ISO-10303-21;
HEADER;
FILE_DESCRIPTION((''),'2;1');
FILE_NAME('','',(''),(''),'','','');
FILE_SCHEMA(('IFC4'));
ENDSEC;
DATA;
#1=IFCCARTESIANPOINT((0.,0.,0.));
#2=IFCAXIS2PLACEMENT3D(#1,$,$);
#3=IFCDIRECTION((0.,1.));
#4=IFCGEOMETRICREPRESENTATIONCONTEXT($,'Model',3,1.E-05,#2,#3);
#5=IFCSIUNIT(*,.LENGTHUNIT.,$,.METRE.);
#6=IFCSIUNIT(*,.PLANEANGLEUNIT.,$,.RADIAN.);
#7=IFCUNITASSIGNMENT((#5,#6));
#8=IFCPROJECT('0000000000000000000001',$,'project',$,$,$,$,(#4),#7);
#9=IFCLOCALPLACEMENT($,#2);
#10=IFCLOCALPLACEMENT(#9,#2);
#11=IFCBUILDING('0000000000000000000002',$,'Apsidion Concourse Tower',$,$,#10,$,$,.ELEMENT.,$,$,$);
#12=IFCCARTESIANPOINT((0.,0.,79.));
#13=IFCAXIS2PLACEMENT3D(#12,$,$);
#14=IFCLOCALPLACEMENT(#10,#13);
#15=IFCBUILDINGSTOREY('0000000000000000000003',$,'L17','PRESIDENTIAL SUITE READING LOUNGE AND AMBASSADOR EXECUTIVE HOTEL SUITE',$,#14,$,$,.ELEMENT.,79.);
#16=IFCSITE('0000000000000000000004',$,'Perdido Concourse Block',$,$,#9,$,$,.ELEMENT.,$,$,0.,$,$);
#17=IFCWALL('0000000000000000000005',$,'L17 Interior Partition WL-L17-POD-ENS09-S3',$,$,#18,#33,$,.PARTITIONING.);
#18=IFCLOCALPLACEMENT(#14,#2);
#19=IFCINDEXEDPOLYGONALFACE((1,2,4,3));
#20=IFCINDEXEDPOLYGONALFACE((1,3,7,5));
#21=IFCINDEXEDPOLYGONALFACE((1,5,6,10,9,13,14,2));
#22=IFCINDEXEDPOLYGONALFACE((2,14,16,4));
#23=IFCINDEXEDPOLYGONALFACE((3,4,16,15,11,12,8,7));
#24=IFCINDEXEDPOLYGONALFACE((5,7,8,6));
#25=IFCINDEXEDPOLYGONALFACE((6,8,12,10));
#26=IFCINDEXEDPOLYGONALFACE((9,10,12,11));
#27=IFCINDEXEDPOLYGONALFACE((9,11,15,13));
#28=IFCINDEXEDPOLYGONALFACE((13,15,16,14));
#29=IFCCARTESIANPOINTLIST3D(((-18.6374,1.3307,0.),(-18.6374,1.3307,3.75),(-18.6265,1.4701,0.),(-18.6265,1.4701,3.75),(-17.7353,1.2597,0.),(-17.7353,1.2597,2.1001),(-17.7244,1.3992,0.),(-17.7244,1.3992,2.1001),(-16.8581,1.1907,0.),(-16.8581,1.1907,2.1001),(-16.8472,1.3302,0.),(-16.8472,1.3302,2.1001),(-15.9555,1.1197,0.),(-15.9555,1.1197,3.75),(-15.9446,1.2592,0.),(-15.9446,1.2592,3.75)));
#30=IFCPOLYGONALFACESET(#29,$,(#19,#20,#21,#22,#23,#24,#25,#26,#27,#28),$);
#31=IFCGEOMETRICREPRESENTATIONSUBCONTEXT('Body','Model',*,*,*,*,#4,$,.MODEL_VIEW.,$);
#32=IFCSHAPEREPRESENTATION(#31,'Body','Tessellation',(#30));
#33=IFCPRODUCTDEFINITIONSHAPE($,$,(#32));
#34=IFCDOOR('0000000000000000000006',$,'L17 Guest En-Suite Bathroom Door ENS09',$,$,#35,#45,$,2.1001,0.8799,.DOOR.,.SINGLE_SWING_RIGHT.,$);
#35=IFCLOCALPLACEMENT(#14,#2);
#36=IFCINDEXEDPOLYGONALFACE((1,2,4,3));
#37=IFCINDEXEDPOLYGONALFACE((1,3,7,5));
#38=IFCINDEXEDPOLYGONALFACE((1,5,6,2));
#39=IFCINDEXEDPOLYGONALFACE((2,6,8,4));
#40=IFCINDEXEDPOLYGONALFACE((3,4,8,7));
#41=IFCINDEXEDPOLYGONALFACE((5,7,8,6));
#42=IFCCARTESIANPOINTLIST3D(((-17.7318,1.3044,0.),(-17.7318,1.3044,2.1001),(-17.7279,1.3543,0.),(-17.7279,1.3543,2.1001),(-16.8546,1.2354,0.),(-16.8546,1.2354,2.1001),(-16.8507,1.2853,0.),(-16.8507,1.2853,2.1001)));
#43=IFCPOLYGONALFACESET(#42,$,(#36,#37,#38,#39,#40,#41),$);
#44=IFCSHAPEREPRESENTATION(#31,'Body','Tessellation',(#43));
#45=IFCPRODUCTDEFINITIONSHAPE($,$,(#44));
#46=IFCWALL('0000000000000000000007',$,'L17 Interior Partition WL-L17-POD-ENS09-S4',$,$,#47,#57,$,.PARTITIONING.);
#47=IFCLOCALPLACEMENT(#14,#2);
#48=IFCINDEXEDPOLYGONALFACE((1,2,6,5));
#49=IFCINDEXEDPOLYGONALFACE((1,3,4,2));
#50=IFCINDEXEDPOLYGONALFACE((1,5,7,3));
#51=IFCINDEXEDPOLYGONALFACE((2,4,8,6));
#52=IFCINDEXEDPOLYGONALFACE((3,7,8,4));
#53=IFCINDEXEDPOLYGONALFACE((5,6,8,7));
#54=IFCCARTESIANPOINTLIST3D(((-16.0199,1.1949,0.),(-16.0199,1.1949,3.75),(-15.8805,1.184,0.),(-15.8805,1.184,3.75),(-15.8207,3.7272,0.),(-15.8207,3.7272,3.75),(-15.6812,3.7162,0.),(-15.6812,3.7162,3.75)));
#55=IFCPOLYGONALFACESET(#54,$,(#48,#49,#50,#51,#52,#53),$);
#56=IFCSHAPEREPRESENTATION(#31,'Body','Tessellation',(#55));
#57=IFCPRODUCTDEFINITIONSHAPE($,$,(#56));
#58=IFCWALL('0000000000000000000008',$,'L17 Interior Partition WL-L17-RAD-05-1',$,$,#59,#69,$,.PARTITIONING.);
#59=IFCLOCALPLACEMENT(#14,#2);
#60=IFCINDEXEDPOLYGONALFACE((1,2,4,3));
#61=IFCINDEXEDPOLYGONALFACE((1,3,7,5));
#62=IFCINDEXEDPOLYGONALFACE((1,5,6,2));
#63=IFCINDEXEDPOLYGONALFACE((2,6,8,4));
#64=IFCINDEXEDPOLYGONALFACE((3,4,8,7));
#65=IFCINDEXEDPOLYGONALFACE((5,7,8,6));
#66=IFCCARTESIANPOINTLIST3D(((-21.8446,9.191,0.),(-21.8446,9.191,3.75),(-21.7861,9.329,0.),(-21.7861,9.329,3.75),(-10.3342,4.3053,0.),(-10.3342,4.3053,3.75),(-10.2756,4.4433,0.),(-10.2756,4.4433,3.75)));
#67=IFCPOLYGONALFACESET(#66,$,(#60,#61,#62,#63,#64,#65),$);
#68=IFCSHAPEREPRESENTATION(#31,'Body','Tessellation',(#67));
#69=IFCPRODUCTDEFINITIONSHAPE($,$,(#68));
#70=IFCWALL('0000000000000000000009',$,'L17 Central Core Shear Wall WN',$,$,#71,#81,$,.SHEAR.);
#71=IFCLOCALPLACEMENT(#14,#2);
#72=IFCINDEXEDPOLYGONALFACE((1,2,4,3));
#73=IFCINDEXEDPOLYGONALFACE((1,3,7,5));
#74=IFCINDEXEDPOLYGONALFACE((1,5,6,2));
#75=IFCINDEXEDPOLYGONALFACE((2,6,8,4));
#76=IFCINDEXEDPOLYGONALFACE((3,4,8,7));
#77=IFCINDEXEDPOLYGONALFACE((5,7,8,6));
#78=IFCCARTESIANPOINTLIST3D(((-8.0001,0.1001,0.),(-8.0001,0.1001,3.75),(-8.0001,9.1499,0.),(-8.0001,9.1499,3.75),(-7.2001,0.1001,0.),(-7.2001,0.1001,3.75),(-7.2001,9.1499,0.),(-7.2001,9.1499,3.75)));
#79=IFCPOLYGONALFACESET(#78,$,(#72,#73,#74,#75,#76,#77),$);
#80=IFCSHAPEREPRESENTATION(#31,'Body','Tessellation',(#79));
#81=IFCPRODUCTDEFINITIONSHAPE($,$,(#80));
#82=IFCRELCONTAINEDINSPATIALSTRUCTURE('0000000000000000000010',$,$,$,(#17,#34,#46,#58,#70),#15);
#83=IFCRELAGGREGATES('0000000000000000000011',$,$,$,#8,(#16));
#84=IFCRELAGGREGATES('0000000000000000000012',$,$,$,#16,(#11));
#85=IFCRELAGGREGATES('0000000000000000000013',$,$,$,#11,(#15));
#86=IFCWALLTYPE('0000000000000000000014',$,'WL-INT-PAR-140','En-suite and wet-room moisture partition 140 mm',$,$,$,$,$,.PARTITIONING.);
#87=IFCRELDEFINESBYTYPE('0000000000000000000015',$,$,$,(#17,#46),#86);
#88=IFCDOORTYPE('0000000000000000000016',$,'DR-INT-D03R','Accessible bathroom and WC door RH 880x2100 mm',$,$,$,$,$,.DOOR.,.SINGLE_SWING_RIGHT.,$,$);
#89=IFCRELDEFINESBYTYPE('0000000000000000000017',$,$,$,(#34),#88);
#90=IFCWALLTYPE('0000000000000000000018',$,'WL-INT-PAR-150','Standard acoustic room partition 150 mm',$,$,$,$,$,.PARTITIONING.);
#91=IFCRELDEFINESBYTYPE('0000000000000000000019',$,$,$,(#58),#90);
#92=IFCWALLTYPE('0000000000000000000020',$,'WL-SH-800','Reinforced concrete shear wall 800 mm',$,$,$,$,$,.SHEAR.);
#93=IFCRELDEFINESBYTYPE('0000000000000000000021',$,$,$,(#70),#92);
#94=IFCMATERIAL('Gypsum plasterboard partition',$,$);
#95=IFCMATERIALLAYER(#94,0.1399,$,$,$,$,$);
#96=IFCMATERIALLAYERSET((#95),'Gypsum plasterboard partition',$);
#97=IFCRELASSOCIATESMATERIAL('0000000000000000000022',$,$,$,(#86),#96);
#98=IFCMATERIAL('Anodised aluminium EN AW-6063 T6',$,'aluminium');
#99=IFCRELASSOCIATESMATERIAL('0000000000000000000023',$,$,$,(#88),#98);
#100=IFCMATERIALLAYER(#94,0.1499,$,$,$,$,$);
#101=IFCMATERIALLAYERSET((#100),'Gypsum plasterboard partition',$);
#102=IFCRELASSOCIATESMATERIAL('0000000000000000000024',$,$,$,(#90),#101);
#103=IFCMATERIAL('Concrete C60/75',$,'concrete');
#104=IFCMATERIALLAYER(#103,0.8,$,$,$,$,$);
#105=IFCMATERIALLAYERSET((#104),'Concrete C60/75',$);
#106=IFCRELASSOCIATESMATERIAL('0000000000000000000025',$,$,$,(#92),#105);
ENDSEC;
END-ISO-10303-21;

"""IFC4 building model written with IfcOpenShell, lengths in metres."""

from ifc_helpers import new_model, si_unit, direction, frame, frame_2d, origin, place, context, subcontext, project, spatial, rectangle, extrude, material, layer, layer_set, type_object, element, fill, save


model = new_model("IFC4")

# Units and contexts
model_context = context("Model", 3, precision=1e-05, world=origin(), true_north=direction((0.0, 1.0)))
body_context = subcontext(model_context, "Body", "Model", "MODEL_VIEW")
ifc_project = project(units=[si_unit("LENGTHUNIT", "METRE"), si_unit("PLANEANGLEUNIT", "RADIAN")], contexts=[model_context])

# Site, building, storey
site_placement = place(None, origin())
site = spatial("IfcSite", under=ifc_project, at=site_placement, Name="Perdido Concourse Block", CompositionType="ELEMENT", RefElevation=0.0)
building_placement = place(site_placement, origin())
building = spatial("IfcBuilding", under=site, at=building_placement, Name="Apsidion Concourse Tower", CompositionType="ELEMENT")
storey_placement = place(building_placement, frame((0.0, 0.0, 79.0)))
storey = spatial("IfcBuildingStorey", under=building, at=storey_placement, Name="L17", Description="PRESIDENTIAL SUITE READING LOUNGE AND AMBASSADOR EXECUTIVE HOTEL SUITE", CompositionType="ELEMENT", Elevation=79.0)

# Shared definitions
ifc_material_1 = material(Name="Concrete C60/75", Category="concrete")

# Shared definitions
ifc_material_2 = material(Name="Gypsum plasterboard partition")
ifc_layer_1 = layer(ifc_material_2, 0.1399)
ifc_layer_set_1 = layer_set([ifc_layer_1], Name="Gypsum plasterboard partition")
wall_type_1 = type_object("IfcWallType", Name="WL-INT-PAR-140", Description="En-suite and wet-room moisture partition 140 mm", PredefinedType="PARTITIONING", material=ifc_layer_set_1)

# Wall, opening, door
wall_1_placement = place(storey_placement, frame((-18.6321, 1.4004, 0.0), z_axis=(0.0, 0.0, 1.0), x_axis=(0.996921, -0.078411, 0.0)))
wall_1 = element("IfcWall", 1, at=wall_1_placement, inside=storey, type_object=wall_type_1, Name="L17 Interior Partition WL-L17-POD-ENS09-S3", PredefinedType="PARTITIONING", context=body_context, shape_type="SweptSolid", body=[
    extrude(rectangle(XDim=2.6902, YDim=0.1399, at=frame_2d((1.3452, 0.0))), origin(), (0.0, 0.0, 1.0), 3.75),
])
opening_1_placement = place(wall_1_placement, frame((0.905, 0.0, 0.0)))
opening_1 = element("IfcOpeningElement", 2, at=opening_1_placement, cuts=wall_1, PredefinedType="OPENING", context=body_context, shape_type="SweptSolid", body=[
    extrude(rectangle(XDim=0.8799, YDim=2.1001, at=frame_2d((0.4399, 1.05))), frame((0.0, 0.0801, 0.0), z_axis=(0.0, -1.0, 0.0), x_axis=(1.0, 0.0, 0.0)), (0.0, 0.0, 1.0), 0.1599),
])
ifc_material_3 = material(Name="Anodised aluminium EN AW-6063 T6", Category="aluminium")
door_type_1 = type_object("IfcDoorType", Name="DR-INT-D03R", Description="Accessible bathroom and WC door RH 880x2100 mm", OperationType="SINGLE_SWING_RIGHT", PredefinedType="DOOR", material=ifc_material_3)
door_1_placement = place(opening_1_placement, origin())
door_1 = element("IfcDoor", 3, at=door_1_placement, inside=storey, type_object=door_type_1, Name="L17 Guest En-Suite Bathroom Door ENS09", OperationType="SINGLE_SWING_RIGHT", OverallHeight=2.1001, OverallWidth=0.8799, PredefinedType="DOOR", context=body_context, shape_type="SweptSolid", body=[
    extrude(rectangle(XDim=0.8799, YDim=2.1001, at=frame_2d((0.4399, 1.05))), frame((0.0, 0.0249, 0.0), z_axis=(0.0, -1.0, 0.0), x_axis=(1.0, 0.0, 0.0)), (0.0, 0.0, 1.0), 0.05),
])
fill(opening_1, door_1)

# Walls
wall_2_placement = place(storey_placement, frame((-15.9502, 1.1895, 0.0), z_axis=(0.0, 0.0, 1.0), x_axis=(0.078431, 0.99692, 0.0)))
element("IfcWall", 4, at=wall_2_placement, inside=storey, type_object=wall_type_1, Name="L17 Interior Partition WL-L17-POD-ENS09-S4", PredefinedType="PARTITIONING", context=body_context, shape_type="SweptSolid", body=[
    extrude(rectangle(XDim=2.54, YDim=0.1399, at=frame_2d((1.27, 0.0))), origin(), (0.0, 0.0, 1.0), 3.75),
])
ifc_layer_2 = layer(ifc_material_2, 0.1499)
ifc_layer_set_2 = layer_set([ifc_layer_2], Name="Gypsum plasterboard partition")
wall_type_2 = type_object("IfcWallType", Name="WL-INT-PAR-150", Description="Standard acoustic room partition 150 mm", PredefinedType="PARTITIONING", material=ifc_layer_set_2)
wall_3_placement = place(storey_placement, frame((-10.3049, 4.3743, 0.0), z_axis=(0.0, 0.0, 1.0), x_axis=(-0.92051, 0.390719, 0.0)))
element("IfcWall", 5, at=wall_3_placement, inside=storey, type_object=wall_type_2, Name="L17 Interior Partition WL-L17-RAD-05-1", PredefinedType="PARTITIONING", context=body_context, shape_type="SweptSolid", body=[
    extrude(rectangle(XDim=12.5044, YDim=0.1499, at=frame_2d((6.2522, 0.0))), origin(), (0.0, 0.0, 1.0), 3.75),
])

# Wall
ifc_layer_3 = layer(ifc_material_1, 0.8)
ifc_layer_set_3 = layer_set([ifc_layer_3], Name="Concrete C60/75")
wall_type_3 = type_object("IfcWallType", Name="WL-SH-800", Description="Reinforced concrete shear wall 800 mm", PredefinedType="SHEAR", material=ifc_layer_set_3)
wall_4_placement = place(storey_placement, frame((-7.6001, 0.1001, 0.0), z_axis=(0.0, 0.0, 1.0), x_axis=(0.0, 1.0, 0.0)))
element("IfcWall", 6, at=wall_4_placement, inside=storey, type_object=wall_type_3, Name="L17 Central Core Shear Wall WN", PredefinedType="SHEAR", context=body_context, shape_type="SweptSolid", body=[
    extrude(rectangle(XDim=9.0498, YDim=0.8, at=frame_2d((4.5249, 0.0))), origin(), (0.0, 0.0, 1.0), 3.75),
])

save(model, "model.ifc")
